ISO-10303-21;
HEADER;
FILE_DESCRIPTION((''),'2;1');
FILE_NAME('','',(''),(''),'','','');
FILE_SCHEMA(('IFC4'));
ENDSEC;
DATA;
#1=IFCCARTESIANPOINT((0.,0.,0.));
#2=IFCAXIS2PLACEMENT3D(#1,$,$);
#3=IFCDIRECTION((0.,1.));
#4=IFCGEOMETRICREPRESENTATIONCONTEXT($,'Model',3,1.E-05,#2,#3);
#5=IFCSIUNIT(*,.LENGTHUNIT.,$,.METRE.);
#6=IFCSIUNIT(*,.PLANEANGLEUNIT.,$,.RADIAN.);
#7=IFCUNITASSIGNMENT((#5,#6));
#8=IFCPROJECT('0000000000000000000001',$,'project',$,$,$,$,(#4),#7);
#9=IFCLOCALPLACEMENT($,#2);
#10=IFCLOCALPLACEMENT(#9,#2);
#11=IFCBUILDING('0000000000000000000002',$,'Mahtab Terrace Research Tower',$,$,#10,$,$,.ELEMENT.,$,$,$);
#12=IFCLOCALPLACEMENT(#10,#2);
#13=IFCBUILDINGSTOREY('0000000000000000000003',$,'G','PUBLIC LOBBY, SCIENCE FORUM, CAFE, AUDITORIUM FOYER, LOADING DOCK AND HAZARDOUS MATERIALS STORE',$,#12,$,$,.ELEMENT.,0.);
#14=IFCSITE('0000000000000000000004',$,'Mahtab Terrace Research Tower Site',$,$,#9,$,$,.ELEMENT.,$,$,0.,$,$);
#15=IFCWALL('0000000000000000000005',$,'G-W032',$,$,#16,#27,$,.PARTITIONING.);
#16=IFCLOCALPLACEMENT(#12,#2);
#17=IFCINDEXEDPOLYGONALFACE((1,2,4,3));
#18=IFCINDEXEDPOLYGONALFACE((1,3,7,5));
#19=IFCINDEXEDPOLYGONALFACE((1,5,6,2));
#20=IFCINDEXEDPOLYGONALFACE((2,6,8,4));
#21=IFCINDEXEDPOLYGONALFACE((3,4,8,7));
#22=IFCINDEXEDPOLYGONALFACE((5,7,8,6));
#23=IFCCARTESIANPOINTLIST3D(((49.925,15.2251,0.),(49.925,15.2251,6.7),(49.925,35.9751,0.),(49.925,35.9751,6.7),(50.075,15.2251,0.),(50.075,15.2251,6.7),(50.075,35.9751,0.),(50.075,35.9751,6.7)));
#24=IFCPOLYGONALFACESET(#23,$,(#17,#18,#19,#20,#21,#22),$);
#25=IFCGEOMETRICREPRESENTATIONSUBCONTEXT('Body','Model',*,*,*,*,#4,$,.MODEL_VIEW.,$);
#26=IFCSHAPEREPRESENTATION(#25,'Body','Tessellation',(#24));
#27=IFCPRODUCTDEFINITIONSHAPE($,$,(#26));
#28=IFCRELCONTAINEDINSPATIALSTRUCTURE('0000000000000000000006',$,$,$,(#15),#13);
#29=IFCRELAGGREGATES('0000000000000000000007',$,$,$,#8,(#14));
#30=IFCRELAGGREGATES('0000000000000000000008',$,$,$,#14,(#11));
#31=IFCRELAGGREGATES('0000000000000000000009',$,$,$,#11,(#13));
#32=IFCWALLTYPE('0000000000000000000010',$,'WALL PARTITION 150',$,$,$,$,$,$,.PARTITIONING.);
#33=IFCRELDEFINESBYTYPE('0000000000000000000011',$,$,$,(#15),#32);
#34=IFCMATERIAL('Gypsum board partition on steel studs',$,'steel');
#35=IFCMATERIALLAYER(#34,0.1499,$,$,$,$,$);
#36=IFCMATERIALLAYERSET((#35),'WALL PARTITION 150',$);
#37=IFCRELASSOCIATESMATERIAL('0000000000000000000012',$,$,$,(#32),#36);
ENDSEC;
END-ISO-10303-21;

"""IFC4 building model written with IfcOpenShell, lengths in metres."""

from ifc_helpers import new_model, si_unit, direction, frame, frame_2d, origin, place, context, subcontext, project, spatial, rectangle, extrude, material, layer, layer_set, type_object, element, save


model = new_model("IFC4")

# Units and contexts
model_context = context("Model", 3, precision=1e-05, world=origin(), true_north=direction((0.0, 1.0)))
body_context = subcontext(model_context, "Body", "Model", "MODEL_VIEW")
ifc_project = project(units=[si_unit("LENGTHUNIT", "METRE"), si_unit("PLANEANGLEUNIT", "RADIAN")], contexts=[model_context])

# Site, building, storey
site_placement = place(None, origin())
site = spatial("IfcSite", under=ifc_project, at=site_placement, Name="Mahtab Terrace Research Tower Site", CompositionType="ELEMENT", RefElevation=0.0)
building_placement = place(site_placement, origin())
building = spatial("IfcBuilding", under=site, at=building_placement, Name="Mahtab Terrace Research Tower", CompositionType="ELEMENT")
storey_placement = place(building_placement, origin())
storey = spatial("IfcBuildingStorey", under=building, at=storey_placement, Name="G", Description="PUBLIC LOBBY, SCIENCE FORUM, CAFE, AUDITORIUM FOYER, LOADING DOCK AND HAZARDOUS MATERIALS STORE", CompositionType="ELEMENT", Elevation=0.0)

# Wall
ifc_material_1 = material(Name="Gypsum board partition on steel studs", Category="steel")
ifc_layer_1 = layer(ifc_material_1, 0.1499)
ifc_layer_set_1 = layer_set([ifc_layer_1], Name="WALL PARTITION 150")
wall_type_1 = type_object("IfcWallType", Name="WALL PARTITION 150", PredefinedType="PARTITIONING", material=ifc_layer_set_1)
wall_1_placement = place(storey_placement, frame((50.0, 15.2251, 0.0), z_axis=(0.0, 0.0, 1.0), x_axis=(0.0, 1.0, 0.0)))
element("IfcWall", 1, at=wall_1_placement, inside=storey, type_object=wall_type_1, Name="G-W032", PredefinedType="PARTITIONING", context=body_context, shape_type="SweptSolid", body=[
    extrude(rectangle(XDim=20.75, YDim=0.1499, at=frame_2d((10.375, 0.0))), origin(), (0.0, 0.0, 1.0), 6.7),
])

save(model, "model.ifc")
